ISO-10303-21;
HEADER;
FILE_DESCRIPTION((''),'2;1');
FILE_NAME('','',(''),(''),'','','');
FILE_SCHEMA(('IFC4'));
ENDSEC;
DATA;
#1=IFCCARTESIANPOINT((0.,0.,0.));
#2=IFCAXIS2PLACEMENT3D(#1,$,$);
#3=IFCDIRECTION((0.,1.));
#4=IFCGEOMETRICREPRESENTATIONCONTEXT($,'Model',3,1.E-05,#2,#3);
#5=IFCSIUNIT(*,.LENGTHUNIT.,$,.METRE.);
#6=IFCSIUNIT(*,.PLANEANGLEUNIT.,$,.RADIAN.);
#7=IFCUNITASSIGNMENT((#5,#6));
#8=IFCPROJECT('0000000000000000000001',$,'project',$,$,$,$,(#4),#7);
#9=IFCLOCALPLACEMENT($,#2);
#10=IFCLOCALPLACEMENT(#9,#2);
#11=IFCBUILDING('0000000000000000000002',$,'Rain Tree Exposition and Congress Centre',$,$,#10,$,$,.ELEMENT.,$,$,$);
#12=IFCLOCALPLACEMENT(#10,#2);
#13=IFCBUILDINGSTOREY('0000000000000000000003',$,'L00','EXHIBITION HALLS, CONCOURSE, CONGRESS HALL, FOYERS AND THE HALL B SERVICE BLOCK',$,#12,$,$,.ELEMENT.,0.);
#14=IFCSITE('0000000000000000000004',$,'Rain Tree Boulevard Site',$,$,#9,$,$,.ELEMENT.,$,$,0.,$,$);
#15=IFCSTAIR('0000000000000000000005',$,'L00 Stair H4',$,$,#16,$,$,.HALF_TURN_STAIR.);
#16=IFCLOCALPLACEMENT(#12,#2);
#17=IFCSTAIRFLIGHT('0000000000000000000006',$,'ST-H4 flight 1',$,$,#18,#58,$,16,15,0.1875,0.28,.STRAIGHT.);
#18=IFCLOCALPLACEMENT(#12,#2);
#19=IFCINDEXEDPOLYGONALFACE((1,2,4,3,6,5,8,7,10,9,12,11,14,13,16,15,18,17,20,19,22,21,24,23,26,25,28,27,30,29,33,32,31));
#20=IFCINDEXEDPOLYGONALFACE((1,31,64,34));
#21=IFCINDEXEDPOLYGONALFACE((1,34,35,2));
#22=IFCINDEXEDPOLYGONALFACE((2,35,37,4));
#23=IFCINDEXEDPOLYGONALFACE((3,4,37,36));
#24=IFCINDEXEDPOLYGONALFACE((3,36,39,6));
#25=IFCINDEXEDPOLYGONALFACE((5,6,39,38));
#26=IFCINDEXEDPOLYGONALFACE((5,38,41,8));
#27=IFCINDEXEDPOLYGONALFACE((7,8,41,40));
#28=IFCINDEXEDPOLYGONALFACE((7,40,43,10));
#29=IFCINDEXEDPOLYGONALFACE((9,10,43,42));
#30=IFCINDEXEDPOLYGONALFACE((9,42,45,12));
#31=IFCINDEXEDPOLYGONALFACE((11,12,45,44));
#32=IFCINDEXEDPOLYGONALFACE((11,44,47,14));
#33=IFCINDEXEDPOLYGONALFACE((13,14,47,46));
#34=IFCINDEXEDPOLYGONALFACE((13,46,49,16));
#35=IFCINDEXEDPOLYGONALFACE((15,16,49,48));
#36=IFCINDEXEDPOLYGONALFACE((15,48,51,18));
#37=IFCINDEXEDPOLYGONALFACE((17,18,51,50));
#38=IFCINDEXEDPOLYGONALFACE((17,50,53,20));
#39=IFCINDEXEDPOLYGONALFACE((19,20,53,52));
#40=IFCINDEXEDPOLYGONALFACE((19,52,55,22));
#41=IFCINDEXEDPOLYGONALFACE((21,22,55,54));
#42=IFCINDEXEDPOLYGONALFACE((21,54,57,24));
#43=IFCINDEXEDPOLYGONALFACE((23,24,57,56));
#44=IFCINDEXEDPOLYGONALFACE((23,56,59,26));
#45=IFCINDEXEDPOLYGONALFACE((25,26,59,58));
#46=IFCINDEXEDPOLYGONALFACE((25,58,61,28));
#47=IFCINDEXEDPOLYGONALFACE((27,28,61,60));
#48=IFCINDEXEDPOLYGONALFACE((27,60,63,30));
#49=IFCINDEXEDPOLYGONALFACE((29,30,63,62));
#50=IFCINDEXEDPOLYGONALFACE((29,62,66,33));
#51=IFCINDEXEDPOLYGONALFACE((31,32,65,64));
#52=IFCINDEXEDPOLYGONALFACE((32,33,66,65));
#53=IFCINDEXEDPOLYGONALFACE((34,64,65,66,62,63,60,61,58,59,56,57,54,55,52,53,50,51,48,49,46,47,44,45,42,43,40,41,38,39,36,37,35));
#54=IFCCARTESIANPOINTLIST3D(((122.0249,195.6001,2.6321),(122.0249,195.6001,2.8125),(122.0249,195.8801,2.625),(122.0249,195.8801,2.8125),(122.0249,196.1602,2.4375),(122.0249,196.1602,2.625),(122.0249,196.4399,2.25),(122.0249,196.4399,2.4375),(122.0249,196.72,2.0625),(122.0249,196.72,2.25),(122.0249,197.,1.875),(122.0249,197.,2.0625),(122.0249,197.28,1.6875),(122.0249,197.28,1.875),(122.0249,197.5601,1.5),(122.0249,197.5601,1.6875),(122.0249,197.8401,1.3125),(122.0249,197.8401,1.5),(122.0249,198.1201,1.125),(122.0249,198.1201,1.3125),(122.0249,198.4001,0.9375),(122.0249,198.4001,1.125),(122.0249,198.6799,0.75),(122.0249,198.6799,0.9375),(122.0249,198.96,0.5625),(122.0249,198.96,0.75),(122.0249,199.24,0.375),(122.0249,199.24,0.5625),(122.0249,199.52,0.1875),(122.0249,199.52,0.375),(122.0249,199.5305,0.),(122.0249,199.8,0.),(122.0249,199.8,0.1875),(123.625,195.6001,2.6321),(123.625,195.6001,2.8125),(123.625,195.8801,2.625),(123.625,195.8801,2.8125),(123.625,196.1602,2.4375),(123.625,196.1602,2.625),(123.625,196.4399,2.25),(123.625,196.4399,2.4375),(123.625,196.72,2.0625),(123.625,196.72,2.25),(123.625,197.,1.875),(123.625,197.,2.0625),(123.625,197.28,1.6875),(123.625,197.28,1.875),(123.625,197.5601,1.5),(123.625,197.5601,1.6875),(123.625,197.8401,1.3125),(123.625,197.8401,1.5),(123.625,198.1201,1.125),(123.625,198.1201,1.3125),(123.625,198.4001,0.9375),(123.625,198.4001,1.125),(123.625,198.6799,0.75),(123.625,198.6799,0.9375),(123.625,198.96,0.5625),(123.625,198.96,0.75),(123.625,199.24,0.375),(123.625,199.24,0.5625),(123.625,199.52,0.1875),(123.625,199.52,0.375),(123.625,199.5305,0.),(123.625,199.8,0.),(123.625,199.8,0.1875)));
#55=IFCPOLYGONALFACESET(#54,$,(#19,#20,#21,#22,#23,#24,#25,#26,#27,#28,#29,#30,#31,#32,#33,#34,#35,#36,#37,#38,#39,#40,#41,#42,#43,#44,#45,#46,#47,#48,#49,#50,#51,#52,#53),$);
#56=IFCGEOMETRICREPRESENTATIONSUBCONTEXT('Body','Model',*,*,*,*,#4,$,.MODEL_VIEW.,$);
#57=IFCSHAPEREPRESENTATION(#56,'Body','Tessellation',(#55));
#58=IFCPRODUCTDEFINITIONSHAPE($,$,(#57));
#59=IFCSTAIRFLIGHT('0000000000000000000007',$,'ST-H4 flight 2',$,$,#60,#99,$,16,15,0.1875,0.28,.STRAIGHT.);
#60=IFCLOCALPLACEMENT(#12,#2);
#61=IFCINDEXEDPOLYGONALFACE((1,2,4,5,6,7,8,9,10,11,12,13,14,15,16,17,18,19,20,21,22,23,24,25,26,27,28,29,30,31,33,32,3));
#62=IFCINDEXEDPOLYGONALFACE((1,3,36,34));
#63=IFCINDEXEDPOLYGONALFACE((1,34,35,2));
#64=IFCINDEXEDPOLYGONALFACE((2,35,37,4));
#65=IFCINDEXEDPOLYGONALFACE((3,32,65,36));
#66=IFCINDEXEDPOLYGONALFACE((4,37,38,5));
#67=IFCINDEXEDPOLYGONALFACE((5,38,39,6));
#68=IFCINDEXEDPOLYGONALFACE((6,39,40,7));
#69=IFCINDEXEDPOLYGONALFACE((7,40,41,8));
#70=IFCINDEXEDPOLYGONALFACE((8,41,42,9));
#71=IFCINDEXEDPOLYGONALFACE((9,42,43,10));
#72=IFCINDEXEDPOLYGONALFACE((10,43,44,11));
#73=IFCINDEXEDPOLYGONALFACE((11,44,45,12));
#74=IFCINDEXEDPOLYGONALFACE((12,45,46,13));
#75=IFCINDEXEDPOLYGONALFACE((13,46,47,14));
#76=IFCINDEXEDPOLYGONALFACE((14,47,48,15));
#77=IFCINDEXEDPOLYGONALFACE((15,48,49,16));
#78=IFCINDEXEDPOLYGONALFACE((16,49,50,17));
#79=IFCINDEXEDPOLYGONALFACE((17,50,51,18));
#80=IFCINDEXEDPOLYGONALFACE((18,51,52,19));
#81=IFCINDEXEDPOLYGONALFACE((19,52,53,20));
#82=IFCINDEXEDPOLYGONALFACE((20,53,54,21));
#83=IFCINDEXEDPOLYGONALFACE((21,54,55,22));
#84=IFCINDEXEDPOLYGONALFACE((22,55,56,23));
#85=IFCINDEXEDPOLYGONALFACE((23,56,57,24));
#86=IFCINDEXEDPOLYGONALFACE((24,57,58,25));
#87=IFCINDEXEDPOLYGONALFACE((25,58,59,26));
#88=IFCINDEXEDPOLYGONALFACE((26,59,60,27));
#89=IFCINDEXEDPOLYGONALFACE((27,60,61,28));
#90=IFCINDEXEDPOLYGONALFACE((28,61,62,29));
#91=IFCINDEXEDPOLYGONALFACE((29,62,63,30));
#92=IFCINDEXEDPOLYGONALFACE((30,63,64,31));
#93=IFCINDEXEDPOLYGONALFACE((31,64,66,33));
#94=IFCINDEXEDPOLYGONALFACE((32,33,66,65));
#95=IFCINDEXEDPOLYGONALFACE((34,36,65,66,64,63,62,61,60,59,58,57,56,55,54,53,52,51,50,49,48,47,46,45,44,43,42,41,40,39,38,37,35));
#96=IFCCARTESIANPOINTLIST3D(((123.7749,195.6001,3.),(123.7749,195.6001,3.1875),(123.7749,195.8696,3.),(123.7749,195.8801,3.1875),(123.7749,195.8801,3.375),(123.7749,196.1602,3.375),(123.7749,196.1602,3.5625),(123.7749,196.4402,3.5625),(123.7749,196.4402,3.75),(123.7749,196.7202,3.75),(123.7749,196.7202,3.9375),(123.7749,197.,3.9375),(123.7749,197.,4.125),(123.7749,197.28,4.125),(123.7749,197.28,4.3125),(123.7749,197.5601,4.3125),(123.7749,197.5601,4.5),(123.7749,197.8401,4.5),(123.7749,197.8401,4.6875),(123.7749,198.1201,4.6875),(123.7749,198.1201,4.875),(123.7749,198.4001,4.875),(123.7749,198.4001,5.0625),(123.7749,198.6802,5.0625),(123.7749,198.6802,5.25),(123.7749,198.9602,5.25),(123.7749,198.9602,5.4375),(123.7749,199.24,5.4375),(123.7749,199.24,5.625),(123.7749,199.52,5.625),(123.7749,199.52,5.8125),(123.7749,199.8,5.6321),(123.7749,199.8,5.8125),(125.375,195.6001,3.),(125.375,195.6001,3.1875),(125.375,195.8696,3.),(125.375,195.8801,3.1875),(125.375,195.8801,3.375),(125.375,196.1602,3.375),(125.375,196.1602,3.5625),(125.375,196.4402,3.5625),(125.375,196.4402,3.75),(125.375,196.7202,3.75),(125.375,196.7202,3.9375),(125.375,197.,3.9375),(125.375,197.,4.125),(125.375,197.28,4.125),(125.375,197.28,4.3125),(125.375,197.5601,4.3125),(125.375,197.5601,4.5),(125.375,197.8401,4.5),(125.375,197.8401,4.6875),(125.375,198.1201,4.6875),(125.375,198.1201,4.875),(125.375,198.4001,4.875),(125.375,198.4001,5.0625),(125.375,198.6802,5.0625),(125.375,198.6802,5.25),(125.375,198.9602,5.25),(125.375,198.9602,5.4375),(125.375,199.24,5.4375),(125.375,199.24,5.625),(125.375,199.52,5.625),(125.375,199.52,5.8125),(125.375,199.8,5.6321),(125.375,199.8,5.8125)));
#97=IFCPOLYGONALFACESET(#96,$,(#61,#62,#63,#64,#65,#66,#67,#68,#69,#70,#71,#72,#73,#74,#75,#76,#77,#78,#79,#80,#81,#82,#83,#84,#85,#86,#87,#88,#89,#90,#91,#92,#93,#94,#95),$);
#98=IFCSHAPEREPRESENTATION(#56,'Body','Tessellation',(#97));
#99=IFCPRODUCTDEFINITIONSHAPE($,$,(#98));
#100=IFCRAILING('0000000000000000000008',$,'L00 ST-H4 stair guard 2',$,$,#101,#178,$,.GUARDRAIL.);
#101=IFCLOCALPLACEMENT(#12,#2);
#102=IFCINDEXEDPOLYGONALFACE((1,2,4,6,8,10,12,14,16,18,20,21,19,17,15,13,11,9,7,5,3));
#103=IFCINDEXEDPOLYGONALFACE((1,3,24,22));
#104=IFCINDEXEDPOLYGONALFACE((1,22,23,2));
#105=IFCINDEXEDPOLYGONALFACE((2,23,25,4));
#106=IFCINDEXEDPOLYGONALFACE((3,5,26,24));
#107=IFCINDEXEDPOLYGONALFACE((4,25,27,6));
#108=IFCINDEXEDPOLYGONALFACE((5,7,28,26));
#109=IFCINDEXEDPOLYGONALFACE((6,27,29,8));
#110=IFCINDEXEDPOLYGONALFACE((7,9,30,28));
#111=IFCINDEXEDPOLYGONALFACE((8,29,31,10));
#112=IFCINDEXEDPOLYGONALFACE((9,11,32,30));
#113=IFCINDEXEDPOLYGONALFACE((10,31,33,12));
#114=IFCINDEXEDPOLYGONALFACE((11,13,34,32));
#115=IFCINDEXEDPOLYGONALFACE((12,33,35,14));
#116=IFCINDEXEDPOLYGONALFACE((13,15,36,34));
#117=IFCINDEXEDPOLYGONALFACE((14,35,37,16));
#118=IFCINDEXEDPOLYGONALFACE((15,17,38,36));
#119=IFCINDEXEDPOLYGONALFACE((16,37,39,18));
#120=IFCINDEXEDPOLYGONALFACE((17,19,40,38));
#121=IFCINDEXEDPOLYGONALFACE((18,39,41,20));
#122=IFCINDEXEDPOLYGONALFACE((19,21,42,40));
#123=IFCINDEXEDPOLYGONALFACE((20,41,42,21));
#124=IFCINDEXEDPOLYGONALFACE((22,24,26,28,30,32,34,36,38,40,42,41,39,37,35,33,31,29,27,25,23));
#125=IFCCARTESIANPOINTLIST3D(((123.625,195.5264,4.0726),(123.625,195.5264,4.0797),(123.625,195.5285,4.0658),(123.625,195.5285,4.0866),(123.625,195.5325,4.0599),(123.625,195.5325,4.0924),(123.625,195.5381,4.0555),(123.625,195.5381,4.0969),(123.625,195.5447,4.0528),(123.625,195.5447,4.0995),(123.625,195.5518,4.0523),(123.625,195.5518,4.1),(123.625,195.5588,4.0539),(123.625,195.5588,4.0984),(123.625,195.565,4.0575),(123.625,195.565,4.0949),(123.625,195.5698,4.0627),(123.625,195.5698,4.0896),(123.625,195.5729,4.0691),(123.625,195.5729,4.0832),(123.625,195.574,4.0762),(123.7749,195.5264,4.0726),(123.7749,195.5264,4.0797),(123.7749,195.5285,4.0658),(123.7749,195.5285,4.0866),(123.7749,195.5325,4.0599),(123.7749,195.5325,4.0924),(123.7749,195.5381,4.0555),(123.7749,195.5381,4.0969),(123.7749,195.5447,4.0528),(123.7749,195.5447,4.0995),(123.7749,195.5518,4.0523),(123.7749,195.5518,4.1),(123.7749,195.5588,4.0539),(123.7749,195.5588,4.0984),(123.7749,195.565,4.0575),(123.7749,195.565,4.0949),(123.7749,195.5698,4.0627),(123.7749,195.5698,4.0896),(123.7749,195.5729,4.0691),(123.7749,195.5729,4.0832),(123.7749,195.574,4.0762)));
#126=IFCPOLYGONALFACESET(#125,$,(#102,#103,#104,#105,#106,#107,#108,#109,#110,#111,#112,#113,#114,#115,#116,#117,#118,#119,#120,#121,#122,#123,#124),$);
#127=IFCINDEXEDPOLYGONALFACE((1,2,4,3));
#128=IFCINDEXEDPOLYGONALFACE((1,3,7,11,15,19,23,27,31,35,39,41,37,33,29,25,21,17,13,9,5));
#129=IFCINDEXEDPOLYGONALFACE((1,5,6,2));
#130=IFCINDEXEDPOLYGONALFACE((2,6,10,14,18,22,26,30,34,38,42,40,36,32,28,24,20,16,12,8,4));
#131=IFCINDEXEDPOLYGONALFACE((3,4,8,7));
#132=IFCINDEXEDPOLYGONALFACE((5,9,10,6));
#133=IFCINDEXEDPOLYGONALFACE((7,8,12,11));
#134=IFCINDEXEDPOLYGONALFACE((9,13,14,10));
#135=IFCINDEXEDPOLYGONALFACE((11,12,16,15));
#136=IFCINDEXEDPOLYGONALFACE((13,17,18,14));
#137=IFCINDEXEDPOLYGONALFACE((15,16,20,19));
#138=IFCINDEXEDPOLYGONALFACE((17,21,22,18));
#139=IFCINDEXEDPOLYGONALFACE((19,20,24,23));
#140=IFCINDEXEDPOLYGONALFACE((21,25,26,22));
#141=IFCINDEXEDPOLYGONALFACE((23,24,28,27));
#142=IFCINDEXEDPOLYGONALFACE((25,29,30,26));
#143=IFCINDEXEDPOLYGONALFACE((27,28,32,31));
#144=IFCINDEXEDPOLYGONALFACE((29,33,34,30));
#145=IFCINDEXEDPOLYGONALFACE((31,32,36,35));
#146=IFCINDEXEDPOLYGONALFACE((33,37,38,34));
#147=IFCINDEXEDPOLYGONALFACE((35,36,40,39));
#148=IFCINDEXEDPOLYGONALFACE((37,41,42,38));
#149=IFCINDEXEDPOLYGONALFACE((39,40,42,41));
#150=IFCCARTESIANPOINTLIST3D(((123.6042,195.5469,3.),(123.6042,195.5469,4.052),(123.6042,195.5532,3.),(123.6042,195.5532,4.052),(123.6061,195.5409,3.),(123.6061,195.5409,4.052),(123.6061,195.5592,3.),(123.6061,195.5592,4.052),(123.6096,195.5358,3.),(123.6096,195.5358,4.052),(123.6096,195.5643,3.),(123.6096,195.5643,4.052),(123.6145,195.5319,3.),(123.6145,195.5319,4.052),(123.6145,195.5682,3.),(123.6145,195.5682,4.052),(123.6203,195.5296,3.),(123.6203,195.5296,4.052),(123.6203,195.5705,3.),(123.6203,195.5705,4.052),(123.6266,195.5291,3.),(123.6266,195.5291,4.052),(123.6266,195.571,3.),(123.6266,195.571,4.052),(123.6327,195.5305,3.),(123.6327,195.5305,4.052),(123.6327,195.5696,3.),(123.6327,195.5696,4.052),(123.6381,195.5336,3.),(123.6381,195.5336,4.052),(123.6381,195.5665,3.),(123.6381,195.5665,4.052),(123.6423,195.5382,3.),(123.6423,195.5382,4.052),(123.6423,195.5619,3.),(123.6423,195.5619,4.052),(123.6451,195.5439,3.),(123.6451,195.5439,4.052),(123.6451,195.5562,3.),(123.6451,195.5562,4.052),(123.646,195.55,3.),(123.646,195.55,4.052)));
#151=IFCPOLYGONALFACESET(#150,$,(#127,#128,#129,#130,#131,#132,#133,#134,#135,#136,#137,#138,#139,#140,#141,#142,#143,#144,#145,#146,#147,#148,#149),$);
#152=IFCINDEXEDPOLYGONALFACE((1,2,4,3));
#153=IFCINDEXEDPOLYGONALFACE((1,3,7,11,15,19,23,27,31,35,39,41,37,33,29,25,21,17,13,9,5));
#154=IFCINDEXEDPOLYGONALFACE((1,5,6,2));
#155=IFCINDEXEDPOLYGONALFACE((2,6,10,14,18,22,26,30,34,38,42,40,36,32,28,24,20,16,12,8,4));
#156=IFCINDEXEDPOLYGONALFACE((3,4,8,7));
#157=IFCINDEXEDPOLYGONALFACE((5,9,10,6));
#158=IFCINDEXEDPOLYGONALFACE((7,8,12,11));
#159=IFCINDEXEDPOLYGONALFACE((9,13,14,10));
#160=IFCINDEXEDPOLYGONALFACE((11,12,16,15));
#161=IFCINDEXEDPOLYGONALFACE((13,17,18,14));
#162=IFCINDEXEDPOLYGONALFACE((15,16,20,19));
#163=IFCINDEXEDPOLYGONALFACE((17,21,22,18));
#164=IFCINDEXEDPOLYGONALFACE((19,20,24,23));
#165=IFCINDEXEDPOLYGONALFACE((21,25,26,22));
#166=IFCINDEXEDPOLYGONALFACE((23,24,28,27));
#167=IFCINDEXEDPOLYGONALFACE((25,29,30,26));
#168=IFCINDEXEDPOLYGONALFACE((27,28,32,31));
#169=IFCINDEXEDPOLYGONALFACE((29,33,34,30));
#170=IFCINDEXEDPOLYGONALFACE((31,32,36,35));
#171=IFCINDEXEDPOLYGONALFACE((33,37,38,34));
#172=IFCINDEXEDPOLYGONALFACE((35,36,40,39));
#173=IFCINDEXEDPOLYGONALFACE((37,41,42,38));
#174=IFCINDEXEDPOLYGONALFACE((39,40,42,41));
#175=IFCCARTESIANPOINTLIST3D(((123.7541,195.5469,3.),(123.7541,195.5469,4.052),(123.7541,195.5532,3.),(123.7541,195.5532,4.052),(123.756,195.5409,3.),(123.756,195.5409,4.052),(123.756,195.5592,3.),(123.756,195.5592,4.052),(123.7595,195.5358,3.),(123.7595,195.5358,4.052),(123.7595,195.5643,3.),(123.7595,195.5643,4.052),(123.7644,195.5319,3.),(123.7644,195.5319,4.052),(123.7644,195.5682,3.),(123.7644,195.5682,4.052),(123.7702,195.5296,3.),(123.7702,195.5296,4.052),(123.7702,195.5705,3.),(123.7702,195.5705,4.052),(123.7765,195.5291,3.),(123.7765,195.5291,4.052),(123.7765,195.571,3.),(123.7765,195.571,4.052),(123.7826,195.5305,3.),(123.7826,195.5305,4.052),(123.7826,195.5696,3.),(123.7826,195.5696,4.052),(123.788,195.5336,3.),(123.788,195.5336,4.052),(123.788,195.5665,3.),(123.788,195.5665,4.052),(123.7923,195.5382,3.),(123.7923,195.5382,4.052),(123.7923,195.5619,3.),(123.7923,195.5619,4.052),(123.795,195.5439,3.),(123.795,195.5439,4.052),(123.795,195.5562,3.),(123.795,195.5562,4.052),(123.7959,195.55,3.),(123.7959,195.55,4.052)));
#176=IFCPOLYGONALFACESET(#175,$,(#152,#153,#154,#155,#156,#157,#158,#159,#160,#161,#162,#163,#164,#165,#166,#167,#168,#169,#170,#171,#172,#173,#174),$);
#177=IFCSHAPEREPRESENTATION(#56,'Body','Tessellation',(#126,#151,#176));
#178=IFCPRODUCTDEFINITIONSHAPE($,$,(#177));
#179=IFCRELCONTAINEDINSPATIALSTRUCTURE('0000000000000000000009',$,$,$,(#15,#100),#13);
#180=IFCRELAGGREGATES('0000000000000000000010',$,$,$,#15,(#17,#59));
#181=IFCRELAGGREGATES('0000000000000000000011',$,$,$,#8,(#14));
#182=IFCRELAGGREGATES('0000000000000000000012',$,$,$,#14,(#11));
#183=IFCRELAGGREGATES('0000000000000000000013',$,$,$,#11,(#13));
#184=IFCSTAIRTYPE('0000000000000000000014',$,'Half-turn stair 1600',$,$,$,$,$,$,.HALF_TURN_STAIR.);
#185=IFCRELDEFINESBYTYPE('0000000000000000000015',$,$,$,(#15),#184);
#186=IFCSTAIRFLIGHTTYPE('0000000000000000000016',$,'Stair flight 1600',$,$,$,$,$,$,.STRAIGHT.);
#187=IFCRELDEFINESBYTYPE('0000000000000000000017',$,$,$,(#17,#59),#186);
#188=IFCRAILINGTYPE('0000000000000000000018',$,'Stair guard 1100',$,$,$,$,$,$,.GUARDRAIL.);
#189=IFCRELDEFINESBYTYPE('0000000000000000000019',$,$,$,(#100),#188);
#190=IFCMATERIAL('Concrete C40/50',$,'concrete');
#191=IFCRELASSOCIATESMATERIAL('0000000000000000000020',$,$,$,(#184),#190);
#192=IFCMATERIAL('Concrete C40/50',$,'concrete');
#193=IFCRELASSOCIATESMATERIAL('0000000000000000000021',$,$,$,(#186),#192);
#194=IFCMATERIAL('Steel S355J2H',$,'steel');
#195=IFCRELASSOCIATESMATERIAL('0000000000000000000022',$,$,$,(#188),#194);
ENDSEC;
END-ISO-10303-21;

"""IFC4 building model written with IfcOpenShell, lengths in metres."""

from ifc_helpers import new_model, si_unit, direction, frame, origin, origin_2d, place, context, subcontext, project, spatial, polyline, circle, outline, extrude, material, type_object, element, aggregate, save


model = new_model("IFC4")

# Units and contexts
model_context = context("Model", 3, precision=1e-05, world=origin(), true_north=direction((0.0, 1.0)))
body_context = subcontext(model_context, "Body", "Model", "MODEL_VIEW")
ifc_project = project(units=[si_unit("LENGTHUNIT", "METRE"), si_unit("PLANEANGLEUNIT", "RADIAN")], contexts=[model_context])

# Site, building, storey
site_placement = place(None, origin())
site = spatial("IfcSite", under=ifc_project, at=site_placement, Name="Rain Tree Boulevard Site", CompositionType="ELEMENT", RefElevation=0.0)
building_placement = place(site_placement, origin())
building = spatial("IfcBuilding", under=site, at=building_placement, Name="Rain Tree Exposition and Congress Centre", CompositionType="ELEMENT")
storey_placement = place(building_placement, origin())
storey = spatial("IfcBuildingStorey", under=building, at=storey_placement, Name="L00", Description="EXHIBITION HALLS, CONCOURSE, CONGRESS HALL, FOYERS AND THE HALL B SERVICE BLOCK", CompositionType="ELEMENT", Elevation=0.0)

# Stair, stair flights
ifc_material_1 = material(Name="Concrete C40/50", Category="concrete")
stair_type = type_object("IfcStairType", Name="Half-turn stair 1600", PredefinedType="HALF_TURN_STAIR", material=ifc_material_1)
stair_placement = place(storey_placement, origin())
stair = element("IfcStair", 1, at=stair_placement, inside=storey, type_object=stair_type, Name="L00 Stair H4", PredefinedType="HALF_TURN_STAIR")
ifc_material_2 = material(Name="Concrete C40/50", Category="concrete")
stair_flight_type = type_object("IfcStairFlightType", Name="Stair flight 1600", PredefinedType="STRAIGHT", material=ifc_material_2)
stair_flight_1_placement = place(storey_placement, frame((122.825, 199.8, 0.0), z_axis=(0.0, 0.0, 1.0), x_axis=(0.0, -1.0, 0.0)))
stair_flight_1 = element("IfcStairFlight", 2, at=stair_flight_1_placement, type_object=stair_flight_type, Name="ST-H4 flight 1", NumberOfRisers=16, NumberOfTreads=15, PredefinedType="STRAIGHT", RiserHeight=0.1875, TreadLength=0.28, context=body_context, shape_type="SweptSolid", body=[
    extrude(outline(polyline([(0.0, 0.0), (0.0, 0.1875), (0.28, 0.1875), (0.28, 0.375), (0.5601, 0.375), (0.5601, 0.5625), (0.8401, 0.5625), (0.8401, 0.75), (1.1201, 0.75), (1.1201, 0.9375), (1.3999, 0.9375), (1.3999, 1.125), (1.6799, 1.125), (1.6799, 1.3125), (1.96, 1.3125), (1.96, 1.5), (2.24, 1.5), (2.24, 1.6875), (2.52, 1.6875), (2.52, 1.875), (2.8, 1.875), (2.8, 2.0625), (3.0801, 2.0625), (3.0801, 2.25), (3.3601, 2.25), (3.3601, 2.4375), (3.6399, 2.4375), (3.6399, 2.625), (3.9199, 2.625), (3.9199, 2.8125), (4.2, 2.8125), (4.2, 3.0), (4.2, 2.6321), (0.2695, 0.0), (0.0, 0.0)])), frame((0.0, 0.8, 0.0), z_axis=(0.0, -1.0, 0.0), x_axis=(1.0, 0.0, 0.0)), (0.0, 0.0, 1.0), 1.6001),
])
stair_flight_2_placement = place(storey_placement, frame((124.575, 195.6001, 3.0), z_axis=(0.0, 0.0, 1.0), x_axis=(0.0, 1.0, 0.0)))
stair_flight_2 = element("IfcStairFlight", 3, at=stair_flight_2_placement, type_object=stair_flight_type, Name="ST-H4 flight 2", NumberOfRisers=16, NumberOfTreads=15, PredefinedType="STRAIGHT", RiserHeight=0.1875, TreadLength=0.28, context=body_context, shape_type="SweptSolid", body=[
    extrude(outline(polyline([(0.0, 0.0), (0.0, 0.1875), (0.28, 0.1875), (0.28, 0.375), (0.5601, 0.375), (0.5601, 0.5625), (0.8401, 0.5625), (0.8401, 0.75), (1.1201, 0.75), (1.1201, 0.9375), (1.3999, 0.9375), (1.3999, 1.125), (1.6799, 1.125), (1.6799, 1.3125), (1.96, 1.3125), (1.96, 1.5), (2.24, 1.5), (2.24, 1.6875), (2.52, 1.6875), (2.52, 1.875), (2.8, 1.875), (2.8, 2.0625), (3.0801, 2.0625), (3.0801, 2.25), (3.3601, 2.25), (3.3601, 2.4375), (3.6399, 2.4375), (3.6399, 2.625), (3.9199, 2.625), (3.9199, 2.8125), (4.2, 2.8125), (4.2, 3.0), (4.2, 2.6321), (0.2695, 0.0), (0.0, 0.0)])), frame((0.0, 0.8, 0.0), z_axis=(0.0, -1.0, 0.0), x_axis=(1.0, 0.0, 0.0)), (0.0, 0.0, 1.0), 1.6001),
])
aggregate(stair, [stair_flight_1, stair_flight_2])

# Railing
ifc_material_3 = material(Name="Steel S355J2H", Category="steel")
railing_type_1 = type_object("IfcRailingType", Name="Stair guard 1100", PredefinedType="GUARDRAIL", material=ifc_material_3)
railing_1_placement = place(storey_placement, frame((123.625, 195.55, 3.0)))
element("IfcRailing", 4, at=railing_1_placement, inside=storey, type_object=railing_type_1, Name="L00 ST-H4 stair guard 2", PredefinedType="GUARDRAIL", context=body_context, shape_type="SweptSolid", body=[
    extrude(circle(Radius=0.0239, at=origin_2d()), frame((0.0, 0.0, 1.0762), z_axis=(1.0, 0.0, 0.0), x_axis=(0.0, 1.0, 0.0)), (0.0, 0.0, 1.0), 0.1499),
    extrude(circle(Radius=0.021, at=origin_2d()), origin(), (0.0, 0.0, 1.0), 1.052),
    extrude(circle(Radius=0.021, at=origin_2d()), frame((0.1499, 0.0, 0.0)), (0.0, 0.0, 1.0), 1.052),
])

save(model, "model.ifc")
